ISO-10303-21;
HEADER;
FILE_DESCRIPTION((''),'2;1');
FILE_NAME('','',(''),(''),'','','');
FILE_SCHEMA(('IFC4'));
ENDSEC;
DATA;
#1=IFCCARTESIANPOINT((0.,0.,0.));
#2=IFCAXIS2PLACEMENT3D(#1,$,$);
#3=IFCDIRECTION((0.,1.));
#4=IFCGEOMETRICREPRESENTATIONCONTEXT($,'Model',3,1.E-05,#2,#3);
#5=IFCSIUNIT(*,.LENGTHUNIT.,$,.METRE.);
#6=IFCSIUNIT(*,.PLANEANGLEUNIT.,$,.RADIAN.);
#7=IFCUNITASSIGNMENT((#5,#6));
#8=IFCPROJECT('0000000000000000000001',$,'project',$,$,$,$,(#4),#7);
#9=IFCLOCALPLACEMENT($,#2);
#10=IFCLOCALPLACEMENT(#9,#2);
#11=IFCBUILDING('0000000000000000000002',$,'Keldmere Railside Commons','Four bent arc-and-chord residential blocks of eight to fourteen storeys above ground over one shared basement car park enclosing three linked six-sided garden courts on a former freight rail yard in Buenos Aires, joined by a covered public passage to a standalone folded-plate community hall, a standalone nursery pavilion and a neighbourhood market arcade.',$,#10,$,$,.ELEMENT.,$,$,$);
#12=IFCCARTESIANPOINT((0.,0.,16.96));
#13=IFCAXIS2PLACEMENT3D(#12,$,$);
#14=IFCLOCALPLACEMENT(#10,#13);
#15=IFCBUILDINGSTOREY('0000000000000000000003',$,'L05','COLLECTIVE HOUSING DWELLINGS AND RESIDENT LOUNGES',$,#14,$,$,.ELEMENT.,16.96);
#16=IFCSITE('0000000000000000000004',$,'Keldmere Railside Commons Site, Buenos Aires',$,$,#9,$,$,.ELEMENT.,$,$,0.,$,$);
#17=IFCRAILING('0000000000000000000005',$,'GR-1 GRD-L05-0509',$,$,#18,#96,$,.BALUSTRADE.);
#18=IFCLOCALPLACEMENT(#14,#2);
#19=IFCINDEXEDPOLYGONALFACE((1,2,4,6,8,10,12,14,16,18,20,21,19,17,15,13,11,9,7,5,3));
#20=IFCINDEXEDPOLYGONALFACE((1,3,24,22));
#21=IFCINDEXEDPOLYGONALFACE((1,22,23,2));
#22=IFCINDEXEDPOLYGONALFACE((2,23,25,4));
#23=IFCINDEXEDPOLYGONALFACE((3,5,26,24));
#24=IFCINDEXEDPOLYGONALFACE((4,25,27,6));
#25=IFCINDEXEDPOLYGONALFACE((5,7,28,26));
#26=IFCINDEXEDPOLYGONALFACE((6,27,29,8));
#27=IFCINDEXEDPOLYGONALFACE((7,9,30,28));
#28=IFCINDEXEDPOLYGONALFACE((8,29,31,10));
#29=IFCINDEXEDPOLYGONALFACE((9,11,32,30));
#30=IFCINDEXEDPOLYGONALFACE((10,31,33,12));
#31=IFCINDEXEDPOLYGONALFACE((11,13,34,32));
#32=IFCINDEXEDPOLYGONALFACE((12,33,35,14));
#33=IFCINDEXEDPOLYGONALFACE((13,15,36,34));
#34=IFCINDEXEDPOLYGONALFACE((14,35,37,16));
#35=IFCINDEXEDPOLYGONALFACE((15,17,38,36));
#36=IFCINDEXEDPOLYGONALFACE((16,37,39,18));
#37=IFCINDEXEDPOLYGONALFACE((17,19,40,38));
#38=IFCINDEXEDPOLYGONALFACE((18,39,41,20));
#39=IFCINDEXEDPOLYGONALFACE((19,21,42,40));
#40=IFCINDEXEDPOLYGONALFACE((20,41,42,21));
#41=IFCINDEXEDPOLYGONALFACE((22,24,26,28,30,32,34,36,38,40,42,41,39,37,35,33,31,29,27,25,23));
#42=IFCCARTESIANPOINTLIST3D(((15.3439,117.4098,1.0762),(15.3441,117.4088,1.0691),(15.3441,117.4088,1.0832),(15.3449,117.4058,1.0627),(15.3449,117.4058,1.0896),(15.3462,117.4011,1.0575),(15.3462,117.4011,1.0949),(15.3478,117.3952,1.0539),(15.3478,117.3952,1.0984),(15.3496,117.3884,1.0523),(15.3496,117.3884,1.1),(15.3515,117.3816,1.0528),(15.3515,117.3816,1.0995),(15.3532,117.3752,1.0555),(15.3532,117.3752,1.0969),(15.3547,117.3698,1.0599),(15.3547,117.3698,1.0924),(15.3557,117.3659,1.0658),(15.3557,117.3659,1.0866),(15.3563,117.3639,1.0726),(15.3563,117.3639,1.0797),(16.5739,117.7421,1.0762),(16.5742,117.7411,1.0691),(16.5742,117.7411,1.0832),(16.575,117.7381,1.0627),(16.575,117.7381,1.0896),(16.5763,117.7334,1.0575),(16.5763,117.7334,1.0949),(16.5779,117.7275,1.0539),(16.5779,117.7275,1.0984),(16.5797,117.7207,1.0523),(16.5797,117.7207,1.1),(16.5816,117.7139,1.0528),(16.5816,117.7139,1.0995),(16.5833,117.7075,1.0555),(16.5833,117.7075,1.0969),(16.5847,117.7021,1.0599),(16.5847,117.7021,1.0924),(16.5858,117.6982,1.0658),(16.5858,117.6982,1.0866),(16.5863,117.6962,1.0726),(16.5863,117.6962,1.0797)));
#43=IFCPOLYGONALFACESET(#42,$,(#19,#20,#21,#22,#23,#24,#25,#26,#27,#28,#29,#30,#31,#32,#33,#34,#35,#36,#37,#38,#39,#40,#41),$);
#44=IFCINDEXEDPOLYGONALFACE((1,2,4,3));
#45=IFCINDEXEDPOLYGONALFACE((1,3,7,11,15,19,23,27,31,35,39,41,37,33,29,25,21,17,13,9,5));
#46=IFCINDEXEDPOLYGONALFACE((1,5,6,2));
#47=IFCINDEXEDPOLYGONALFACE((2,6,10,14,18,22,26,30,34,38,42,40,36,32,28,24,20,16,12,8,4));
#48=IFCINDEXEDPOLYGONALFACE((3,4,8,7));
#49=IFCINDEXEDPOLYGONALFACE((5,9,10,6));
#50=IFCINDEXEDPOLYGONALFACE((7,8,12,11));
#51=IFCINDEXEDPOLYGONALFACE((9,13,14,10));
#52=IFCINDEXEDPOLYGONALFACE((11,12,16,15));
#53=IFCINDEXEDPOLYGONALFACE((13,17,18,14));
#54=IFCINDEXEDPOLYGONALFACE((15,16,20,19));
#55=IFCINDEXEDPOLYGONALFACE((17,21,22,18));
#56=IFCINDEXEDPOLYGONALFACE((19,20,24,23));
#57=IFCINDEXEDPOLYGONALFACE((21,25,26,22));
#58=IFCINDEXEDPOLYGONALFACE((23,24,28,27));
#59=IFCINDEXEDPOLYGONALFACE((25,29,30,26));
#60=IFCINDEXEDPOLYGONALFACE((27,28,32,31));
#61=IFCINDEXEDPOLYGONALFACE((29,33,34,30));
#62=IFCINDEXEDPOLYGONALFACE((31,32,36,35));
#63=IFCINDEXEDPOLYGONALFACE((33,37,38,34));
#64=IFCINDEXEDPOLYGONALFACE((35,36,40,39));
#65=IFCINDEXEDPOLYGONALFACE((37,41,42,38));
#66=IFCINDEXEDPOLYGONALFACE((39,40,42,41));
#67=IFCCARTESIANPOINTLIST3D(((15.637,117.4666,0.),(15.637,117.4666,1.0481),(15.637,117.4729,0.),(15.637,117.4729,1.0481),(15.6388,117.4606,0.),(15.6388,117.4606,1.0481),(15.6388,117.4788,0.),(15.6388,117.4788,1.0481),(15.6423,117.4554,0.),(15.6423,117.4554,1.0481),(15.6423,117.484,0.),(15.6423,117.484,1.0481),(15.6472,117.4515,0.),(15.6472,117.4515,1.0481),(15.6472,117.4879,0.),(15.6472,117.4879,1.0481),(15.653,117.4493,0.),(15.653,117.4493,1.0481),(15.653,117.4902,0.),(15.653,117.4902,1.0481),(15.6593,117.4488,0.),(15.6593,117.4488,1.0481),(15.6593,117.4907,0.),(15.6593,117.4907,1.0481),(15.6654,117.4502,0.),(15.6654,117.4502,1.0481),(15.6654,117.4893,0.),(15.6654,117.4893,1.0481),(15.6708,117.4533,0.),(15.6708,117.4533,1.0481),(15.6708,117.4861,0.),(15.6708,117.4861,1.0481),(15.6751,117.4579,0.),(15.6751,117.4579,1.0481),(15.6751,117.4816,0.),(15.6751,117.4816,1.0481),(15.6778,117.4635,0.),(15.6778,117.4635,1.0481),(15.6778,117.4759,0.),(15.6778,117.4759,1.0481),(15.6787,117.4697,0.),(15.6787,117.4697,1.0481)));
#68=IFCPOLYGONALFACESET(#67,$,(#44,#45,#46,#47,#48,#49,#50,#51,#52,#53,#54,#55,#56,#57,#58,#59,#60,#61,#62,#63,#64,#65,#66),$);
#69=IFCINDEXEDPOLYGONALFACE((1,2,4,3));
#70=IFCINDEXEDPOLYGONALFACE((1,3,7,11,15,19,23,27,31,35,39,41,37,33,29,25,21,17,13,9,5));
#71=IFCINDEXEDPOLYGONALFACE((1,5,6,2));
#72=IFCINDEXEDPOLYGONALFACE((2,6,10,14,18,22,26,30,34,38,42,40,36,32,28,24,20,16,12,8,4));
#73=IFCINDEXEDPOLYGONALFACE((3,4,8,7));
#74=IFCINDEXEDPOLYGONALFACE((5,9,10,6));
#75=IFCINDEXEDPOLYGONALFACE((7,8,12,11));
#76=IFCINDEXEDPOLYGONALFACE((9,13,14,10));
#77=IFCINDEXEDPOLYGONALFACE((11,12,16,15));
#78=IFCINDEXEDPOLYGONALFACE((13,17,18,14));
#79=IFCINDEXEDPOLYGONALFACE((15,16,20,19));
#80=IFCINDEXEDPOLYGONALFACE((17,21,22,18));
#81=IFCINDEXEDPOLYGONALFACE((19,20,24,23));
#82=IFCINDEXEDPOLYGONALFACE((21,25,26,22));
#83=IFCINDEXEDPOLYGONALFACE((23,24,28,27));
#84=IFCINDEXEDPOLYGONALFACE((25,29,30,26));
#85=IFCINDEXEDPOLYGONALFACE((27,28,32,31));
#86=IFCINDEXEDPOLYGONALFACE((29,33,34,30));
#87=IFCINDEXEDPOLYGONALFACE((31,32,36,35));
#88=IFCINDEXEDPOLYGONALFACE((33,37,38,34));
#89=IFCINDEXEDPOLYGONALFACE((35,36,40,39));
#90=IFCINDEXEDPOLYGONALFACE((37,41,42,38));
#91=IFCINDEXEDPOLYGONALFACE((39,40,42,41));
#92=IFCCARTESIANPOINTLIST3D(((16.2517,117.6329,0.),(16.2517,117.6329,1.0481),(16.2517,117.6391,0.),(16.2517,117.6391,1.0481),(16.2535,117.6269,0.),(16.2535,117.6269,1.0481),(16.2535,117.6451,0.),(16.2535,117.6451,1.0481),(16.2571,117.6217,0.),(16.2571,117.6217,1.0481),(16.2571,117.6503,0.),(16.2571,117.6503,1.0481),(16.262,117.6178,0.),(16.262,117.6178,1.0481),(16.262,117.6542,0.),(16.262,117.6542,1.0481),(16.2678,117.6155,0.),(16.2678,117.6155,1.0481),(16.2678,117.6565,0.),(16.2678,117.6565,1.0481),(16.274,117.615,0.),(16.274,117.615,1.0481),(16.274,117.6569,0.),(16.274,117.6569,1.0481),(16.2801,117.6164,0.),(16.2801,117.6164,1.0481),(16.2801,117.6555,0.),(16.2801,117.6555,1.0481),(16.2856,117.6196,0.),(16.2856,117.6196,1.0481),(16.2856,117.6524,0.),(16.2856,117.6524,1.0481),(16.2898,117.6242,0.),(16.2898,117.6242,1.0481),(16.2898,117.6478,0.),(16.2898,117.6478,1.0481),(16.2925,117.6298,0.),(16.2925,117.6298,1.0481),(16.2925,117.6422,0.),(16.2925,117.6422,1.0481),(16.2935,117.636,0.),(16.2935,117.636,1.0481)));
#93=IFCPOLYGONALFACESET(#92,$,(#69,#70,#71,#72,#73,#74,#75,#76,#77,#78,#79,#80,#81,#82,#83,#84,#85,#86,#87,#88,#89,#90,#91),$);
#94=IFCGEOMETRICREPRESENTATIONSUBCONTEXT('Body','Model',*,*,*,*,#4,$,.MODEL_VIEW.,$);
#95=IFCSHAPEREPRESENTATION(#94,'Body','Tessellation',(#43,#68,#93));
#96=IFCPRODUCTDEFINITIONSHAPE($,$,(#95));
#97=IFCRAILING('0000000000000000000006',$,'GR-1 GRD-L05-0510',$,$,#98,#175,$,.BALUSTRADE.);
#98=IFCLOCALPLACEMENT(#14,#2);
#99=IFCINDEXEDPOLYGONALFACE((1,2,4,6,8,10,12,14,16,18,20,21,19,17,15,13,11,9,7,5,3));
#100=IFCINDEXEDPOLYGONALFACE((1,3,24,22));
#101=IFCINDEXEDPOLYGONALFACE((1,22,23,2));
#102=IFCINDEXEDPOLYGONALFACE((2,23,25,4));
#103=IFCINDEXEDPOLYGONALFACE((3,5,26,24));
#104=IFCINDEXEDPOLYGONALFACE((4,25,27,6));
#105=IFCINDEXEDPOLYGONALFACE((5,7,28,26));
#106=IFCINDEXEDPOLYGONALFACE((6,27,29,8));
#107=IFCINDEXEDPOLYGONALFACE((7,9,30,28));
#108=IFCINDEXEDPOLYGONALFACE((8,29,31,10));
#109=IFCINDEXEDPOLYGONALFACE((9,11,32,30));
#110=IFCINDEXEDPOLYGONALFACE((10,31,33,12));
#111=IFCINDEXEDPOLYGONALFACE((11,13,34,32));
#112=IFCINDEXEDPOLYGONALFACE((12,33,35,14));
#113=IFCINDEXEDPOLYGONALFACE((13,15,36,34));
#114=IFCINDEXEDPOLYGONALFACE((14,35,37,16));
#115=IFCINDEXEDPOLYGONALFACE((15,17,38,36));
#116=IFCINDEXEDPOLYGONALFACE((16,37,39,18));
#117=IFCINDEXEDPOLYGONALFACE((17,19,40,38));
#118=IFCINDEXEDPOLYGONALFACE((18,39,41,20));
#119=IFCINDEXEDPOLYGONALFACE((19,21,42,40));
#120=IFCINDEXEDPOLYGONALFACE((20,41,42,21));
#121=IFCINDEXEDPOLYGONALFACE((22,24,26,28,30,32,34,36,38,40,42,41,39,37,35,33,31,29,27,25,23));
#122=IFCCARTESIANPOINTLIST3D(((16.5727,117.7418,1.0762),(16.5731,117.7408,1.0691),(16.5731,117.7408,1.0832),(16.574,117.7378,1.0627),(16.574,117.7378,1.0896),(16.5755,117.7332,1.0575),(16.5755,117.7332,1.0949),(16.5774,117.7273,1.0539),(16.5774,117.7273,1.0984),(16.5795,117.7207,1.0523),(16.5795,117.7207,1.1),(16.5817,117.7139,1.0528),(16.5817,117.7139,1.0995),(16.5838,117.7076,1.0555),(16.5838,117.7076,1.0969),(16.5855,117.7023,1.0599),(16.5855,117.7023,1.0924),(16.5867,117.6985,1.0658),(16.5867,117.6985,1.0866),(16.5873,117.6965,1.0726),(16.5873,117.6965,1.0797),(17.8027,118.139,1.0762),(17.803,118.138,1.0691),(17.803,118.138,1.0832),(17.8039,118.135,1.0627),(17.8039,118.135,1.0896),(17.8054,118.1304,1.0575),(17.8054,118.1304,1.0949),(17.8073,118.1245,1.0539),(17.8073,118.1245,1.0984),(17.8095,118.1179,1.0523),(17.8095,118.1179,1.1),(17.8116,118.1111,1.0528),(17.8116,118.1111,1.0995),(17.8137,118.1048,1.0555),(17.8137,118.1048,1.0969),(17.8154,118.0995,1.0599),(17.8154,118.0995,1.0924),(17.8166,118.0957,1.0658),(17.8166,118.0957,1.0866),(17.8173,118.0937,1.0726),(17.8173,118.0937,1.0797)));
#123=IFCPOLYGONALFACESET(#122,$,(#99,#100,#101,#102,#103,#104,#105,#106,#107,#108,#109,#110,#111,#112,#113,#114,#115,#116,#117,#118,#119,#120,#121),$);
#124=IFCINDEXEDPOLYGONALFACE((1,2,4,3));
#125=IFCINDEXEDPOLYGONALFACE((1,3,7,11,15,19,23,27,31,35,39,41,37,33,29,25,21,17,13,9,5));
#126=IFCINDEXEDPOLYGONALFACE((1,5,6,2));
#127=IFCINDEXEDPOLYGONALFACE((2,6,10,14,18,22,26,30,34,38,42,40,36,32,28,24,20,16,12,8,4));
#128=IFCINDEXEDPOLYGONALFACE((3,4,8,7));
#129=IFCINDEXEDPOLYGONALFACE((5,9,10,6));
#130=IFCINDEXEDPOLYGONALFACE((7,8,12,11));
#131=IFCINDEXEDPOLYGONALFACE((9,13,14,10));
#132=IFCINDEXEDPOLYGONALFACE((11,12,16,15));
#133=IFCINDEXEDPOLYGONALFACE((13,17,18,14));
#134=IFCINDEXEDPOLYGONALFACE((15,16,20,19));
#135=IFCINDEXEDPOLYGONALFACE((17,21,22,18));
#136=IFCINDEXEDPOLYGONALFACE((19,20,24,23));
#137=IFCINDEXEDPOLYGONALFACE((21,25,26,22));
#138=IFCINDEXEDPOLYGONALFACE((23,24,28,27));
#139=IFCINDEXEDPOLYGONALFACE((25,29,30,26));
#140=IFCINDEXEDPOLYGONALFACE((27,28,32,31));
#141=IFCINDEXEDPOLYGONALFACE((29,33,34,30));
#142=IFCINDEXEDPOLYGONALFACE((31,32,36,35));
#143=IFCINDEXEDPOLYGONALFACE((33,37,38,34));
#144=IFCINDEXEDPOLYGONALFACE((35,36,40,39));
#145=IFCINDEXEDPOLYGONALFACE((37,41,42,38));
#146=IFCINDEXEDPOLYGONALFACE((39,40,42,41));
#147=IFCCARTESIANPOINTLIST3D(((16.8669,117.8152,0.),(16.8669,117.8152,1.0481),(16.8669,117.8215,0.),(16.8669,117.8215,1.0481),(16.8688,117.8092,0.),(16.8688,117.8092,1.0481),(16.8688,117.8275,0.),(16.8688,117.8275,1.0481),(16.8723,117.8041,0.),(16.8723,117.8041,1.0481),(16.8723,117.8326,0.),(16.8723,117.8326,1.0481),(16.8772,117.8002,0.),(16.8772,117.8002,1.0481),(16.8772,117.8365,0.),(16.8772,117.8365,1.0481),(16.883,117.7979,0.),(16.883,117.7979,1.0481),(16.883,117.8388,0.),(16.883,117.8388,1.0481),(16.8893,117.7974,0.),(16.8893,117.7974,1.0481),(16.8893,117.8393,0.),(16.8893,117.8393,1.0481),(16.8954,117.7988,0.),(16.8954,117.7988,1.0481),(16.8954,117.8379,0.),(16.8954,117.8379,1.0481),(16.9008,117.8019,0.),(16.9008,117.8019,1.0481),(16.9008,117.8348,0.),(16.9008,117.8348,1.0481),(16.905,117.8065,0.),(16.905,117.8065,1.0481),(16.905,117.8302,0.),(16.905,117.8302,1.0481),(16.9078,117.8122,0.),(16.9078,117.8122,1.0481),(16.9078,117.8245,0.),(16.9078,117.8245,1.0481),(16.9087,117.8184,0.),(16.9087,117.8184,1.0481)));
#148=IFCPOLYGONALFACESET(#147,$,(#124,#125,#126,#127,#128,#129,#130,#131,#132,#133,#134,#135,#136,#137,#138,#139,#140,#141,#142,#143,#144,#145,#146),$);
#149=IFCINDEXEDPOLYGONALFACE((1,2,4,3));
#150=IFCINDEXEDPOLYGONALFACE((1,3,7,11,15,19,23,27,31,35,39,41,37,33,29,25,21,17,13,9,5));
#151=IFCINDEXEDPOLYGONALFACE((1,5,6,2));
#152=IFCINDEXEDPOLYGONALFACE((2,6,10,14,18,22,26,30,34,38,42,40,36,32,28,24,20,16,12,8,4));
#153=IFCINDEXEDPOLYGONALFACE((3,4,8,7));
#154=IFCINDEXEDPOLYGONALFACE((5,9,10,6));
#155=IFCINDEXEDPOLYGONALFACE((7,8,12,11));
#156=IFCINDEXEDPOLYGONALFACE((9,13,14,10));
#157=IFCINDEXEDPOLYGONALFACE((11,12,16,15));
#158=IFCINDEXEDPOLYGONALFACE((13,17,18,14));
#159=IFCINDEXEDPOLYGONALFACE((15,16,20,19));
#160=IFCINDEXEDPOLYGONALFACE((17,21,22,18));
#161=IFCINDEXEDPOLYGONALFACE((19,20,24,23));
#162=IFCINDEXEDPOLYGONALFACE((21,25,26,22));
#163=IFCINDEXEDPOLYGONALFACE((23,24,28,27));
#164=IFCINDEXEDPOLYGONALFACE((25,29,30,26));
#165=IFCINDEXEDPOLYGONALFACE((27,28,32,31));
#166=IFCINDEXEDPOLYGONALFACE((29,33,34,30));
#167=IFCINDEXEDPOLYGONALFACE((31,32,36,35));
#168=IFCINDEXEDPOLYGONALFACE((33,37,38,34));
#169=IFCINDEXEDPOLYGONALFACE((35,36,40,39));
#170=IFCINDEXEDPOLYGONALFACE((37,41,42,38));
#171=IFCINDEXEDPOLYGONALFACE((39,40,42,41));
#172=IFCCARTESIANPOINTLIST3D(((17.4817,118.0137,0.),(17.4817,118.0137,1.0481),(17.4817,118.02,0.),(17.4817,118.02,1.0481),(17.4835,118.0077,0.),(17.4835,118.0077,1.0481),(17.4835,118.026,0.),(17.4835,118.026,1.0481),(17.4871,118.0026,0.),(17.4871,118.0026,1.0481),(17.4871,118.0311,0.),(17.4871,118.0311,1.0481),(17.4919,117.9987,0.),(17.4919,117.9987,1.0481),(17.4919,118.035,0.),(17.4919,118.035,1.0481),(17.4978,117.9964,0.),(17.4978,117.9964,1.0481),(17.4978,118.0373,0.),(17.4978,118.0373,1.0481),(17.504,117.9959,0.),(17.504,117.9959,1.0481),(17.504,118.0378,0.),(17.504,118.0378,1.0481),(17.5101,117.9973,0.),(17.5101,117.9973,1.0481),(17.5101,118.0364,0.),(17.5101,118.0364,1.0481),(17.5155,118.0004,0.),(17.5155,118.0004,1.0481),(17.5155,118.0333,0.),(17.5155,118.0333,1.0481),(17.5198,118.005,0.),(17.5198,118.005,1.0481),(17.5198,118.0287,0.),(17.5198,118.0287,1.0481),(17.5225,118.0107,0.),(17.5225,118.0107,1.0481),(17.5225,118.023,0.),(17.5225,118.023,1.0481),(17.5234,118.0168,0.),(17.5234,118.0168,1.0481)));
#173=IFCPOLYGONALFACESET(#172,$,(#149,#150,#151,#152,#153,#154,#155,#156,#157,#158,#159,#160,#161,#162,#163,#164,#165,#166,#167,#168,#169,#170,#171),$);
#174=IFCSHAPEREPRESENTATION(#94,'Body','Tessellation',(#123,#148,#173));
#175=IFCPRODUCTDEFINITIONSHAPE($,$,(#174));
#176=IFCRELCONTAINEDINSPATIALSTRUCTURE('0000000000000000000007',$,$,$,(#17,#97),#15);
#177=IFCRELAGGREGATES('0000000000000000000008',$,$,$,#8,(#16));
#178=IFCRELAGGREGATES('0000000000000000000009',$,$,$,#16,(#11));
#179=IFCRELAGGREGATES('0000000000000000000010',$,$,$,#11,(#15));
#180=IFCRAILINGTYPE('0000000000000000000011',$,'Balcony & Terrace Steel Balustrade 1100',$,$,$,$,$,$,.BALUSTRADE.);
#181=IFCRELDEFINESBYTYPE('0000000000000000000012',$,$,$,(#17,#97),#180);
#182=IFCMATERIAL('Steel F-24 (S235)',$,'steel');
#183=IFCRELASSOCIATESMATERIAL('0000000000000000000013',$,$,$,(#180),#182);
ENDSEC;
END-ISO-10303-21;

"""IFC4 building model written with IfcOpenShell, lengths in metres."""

from ifc_helpers import new_model, si_unit, direction, frame, origin, origin_2d, place, context, subcontext, project, spatial, circle, extrude, material, type_object, element, save


model = new_model("IFC4")

# Units and contexts
model_context = context("Model", 3, precision=1e-05, world=origin(), true_north=direction((0.0, 1.0)))
body_context = subcontext(model_context, "Body", "Model", "MODEL_VIEW")
ifc_project = project(units=[si_unit("LENGTHUNIT", "METRE"), si_unit("PLANEANGLEUNIT", "RADIAN")], contexts=[model_context])

# Site, building, storey
site_placement = place(None, origin())
site = spatial("IfcSite", under=ifc_project, at=site_placement, Name="Keldmere Railside Commons Site, Buenos Aires", CompositionType="ELEMENT", RefElevation=0.0)
building_placement = place(site_placement, origin())
building = spatial("IfcBuilding", under=site, at=building_placement, Name="Keldmere Railside Commons", Description="Four bent arc-and-chord residential blocks of eight to fourteen storeys above ground over one shared basement car park enclosing three linked six-sided garden courts on a former freight rail yard in Buenos Aires, joined by a covered public passage to a standalone folded-plate community hall, a standalone nursery pavilion and a neighbourhood market arcade.", CompositionType="ELEMENT")
storey_placement = place(building_placement, frame((0.0, 0.0, 16.96)))
storey = spatial("IfcBuildingStorey", under=building, at=storey_placement, Name="L05", Description="COLLECTIVE HOUSING DWELLINGS AND RESIDENT LOUNGES", CompositionType="ELEMENT", Elevation=16.96)

# Railings
ifc_material_1 = material(Name="Steel F-24 (S235)", Category="steel")
railing_type = type_object("IfcRailingType", Name="Balcony & Terrace Steel Balustrade 1100", PredefinedType="BALUSTRADE", material=ifc_material_1)
railing_1_placement = place(storey_placement, frame((15.3501, 117.3867, 0.0)))
element("IfcRailing", 1, at=railing_1_placement, inside=storey, type_object=railing_type, Name="GR-1 GRD-L05-0509", PredefinedType="BALUSTRADE", context=body_context, shape_type="SweptSolid", body=[
    extrude(circle(Radius=0.0239, at=origin_2d()), frame((0.0, 0.0, 1.0762), z_axis=(0.965393, 0.260798, 0.0), x_axis=(-0.260798, 0.965393, 0.0)), (0.0, 0.0, 1.0), 1.2742),
    extrude(circle(Radius=0.021, at=origin_2d()), frame((0.3076, 0.083, 0.0)), (0.0, 0.0, 1.0), 1.0481),
    extrude(circle(Radius=0.021, at=origin_2d()), frame((0.9224, 0.2493, 0.0)), (0.0, 0.0, 1.0), 1.0481),
])
railing_2_placement = place(storey_placement, frame((16.5801, 117.719, 0.0)))
element("IfcRailing", 2, at=railing_2_placement, inside=storey, type_object=railing_type, Name="GR-1 GRD-L05-0510", PredefinedType="BALUSTRADE", context=body_context, shape_type="SweptSolid", body=[
    extrude(circle(Radius=0.0239, at=origin_2d()), frame((0.0, 0.0, 1.0762), z_axis=(0.951607, 0.307317, 0.0), x_axis=(-0.307317, 0.951607, 0.0)), (0.0, 0.0, 1.0), 1.2925),
    extrude(circle(Radius=0.021, at=origin_2d()), frame((0.3076, 0.0994, 0.0)), (0.0, 0.0, 1.0), 1.0481),
    extrude(circle(Radius=0.021, at=origin_2d()), frame((0.9224, 0.2979, 0.0)), (0.0, 0.0, 1.0), 1.0481),
])

save(model, "model.ifc")
